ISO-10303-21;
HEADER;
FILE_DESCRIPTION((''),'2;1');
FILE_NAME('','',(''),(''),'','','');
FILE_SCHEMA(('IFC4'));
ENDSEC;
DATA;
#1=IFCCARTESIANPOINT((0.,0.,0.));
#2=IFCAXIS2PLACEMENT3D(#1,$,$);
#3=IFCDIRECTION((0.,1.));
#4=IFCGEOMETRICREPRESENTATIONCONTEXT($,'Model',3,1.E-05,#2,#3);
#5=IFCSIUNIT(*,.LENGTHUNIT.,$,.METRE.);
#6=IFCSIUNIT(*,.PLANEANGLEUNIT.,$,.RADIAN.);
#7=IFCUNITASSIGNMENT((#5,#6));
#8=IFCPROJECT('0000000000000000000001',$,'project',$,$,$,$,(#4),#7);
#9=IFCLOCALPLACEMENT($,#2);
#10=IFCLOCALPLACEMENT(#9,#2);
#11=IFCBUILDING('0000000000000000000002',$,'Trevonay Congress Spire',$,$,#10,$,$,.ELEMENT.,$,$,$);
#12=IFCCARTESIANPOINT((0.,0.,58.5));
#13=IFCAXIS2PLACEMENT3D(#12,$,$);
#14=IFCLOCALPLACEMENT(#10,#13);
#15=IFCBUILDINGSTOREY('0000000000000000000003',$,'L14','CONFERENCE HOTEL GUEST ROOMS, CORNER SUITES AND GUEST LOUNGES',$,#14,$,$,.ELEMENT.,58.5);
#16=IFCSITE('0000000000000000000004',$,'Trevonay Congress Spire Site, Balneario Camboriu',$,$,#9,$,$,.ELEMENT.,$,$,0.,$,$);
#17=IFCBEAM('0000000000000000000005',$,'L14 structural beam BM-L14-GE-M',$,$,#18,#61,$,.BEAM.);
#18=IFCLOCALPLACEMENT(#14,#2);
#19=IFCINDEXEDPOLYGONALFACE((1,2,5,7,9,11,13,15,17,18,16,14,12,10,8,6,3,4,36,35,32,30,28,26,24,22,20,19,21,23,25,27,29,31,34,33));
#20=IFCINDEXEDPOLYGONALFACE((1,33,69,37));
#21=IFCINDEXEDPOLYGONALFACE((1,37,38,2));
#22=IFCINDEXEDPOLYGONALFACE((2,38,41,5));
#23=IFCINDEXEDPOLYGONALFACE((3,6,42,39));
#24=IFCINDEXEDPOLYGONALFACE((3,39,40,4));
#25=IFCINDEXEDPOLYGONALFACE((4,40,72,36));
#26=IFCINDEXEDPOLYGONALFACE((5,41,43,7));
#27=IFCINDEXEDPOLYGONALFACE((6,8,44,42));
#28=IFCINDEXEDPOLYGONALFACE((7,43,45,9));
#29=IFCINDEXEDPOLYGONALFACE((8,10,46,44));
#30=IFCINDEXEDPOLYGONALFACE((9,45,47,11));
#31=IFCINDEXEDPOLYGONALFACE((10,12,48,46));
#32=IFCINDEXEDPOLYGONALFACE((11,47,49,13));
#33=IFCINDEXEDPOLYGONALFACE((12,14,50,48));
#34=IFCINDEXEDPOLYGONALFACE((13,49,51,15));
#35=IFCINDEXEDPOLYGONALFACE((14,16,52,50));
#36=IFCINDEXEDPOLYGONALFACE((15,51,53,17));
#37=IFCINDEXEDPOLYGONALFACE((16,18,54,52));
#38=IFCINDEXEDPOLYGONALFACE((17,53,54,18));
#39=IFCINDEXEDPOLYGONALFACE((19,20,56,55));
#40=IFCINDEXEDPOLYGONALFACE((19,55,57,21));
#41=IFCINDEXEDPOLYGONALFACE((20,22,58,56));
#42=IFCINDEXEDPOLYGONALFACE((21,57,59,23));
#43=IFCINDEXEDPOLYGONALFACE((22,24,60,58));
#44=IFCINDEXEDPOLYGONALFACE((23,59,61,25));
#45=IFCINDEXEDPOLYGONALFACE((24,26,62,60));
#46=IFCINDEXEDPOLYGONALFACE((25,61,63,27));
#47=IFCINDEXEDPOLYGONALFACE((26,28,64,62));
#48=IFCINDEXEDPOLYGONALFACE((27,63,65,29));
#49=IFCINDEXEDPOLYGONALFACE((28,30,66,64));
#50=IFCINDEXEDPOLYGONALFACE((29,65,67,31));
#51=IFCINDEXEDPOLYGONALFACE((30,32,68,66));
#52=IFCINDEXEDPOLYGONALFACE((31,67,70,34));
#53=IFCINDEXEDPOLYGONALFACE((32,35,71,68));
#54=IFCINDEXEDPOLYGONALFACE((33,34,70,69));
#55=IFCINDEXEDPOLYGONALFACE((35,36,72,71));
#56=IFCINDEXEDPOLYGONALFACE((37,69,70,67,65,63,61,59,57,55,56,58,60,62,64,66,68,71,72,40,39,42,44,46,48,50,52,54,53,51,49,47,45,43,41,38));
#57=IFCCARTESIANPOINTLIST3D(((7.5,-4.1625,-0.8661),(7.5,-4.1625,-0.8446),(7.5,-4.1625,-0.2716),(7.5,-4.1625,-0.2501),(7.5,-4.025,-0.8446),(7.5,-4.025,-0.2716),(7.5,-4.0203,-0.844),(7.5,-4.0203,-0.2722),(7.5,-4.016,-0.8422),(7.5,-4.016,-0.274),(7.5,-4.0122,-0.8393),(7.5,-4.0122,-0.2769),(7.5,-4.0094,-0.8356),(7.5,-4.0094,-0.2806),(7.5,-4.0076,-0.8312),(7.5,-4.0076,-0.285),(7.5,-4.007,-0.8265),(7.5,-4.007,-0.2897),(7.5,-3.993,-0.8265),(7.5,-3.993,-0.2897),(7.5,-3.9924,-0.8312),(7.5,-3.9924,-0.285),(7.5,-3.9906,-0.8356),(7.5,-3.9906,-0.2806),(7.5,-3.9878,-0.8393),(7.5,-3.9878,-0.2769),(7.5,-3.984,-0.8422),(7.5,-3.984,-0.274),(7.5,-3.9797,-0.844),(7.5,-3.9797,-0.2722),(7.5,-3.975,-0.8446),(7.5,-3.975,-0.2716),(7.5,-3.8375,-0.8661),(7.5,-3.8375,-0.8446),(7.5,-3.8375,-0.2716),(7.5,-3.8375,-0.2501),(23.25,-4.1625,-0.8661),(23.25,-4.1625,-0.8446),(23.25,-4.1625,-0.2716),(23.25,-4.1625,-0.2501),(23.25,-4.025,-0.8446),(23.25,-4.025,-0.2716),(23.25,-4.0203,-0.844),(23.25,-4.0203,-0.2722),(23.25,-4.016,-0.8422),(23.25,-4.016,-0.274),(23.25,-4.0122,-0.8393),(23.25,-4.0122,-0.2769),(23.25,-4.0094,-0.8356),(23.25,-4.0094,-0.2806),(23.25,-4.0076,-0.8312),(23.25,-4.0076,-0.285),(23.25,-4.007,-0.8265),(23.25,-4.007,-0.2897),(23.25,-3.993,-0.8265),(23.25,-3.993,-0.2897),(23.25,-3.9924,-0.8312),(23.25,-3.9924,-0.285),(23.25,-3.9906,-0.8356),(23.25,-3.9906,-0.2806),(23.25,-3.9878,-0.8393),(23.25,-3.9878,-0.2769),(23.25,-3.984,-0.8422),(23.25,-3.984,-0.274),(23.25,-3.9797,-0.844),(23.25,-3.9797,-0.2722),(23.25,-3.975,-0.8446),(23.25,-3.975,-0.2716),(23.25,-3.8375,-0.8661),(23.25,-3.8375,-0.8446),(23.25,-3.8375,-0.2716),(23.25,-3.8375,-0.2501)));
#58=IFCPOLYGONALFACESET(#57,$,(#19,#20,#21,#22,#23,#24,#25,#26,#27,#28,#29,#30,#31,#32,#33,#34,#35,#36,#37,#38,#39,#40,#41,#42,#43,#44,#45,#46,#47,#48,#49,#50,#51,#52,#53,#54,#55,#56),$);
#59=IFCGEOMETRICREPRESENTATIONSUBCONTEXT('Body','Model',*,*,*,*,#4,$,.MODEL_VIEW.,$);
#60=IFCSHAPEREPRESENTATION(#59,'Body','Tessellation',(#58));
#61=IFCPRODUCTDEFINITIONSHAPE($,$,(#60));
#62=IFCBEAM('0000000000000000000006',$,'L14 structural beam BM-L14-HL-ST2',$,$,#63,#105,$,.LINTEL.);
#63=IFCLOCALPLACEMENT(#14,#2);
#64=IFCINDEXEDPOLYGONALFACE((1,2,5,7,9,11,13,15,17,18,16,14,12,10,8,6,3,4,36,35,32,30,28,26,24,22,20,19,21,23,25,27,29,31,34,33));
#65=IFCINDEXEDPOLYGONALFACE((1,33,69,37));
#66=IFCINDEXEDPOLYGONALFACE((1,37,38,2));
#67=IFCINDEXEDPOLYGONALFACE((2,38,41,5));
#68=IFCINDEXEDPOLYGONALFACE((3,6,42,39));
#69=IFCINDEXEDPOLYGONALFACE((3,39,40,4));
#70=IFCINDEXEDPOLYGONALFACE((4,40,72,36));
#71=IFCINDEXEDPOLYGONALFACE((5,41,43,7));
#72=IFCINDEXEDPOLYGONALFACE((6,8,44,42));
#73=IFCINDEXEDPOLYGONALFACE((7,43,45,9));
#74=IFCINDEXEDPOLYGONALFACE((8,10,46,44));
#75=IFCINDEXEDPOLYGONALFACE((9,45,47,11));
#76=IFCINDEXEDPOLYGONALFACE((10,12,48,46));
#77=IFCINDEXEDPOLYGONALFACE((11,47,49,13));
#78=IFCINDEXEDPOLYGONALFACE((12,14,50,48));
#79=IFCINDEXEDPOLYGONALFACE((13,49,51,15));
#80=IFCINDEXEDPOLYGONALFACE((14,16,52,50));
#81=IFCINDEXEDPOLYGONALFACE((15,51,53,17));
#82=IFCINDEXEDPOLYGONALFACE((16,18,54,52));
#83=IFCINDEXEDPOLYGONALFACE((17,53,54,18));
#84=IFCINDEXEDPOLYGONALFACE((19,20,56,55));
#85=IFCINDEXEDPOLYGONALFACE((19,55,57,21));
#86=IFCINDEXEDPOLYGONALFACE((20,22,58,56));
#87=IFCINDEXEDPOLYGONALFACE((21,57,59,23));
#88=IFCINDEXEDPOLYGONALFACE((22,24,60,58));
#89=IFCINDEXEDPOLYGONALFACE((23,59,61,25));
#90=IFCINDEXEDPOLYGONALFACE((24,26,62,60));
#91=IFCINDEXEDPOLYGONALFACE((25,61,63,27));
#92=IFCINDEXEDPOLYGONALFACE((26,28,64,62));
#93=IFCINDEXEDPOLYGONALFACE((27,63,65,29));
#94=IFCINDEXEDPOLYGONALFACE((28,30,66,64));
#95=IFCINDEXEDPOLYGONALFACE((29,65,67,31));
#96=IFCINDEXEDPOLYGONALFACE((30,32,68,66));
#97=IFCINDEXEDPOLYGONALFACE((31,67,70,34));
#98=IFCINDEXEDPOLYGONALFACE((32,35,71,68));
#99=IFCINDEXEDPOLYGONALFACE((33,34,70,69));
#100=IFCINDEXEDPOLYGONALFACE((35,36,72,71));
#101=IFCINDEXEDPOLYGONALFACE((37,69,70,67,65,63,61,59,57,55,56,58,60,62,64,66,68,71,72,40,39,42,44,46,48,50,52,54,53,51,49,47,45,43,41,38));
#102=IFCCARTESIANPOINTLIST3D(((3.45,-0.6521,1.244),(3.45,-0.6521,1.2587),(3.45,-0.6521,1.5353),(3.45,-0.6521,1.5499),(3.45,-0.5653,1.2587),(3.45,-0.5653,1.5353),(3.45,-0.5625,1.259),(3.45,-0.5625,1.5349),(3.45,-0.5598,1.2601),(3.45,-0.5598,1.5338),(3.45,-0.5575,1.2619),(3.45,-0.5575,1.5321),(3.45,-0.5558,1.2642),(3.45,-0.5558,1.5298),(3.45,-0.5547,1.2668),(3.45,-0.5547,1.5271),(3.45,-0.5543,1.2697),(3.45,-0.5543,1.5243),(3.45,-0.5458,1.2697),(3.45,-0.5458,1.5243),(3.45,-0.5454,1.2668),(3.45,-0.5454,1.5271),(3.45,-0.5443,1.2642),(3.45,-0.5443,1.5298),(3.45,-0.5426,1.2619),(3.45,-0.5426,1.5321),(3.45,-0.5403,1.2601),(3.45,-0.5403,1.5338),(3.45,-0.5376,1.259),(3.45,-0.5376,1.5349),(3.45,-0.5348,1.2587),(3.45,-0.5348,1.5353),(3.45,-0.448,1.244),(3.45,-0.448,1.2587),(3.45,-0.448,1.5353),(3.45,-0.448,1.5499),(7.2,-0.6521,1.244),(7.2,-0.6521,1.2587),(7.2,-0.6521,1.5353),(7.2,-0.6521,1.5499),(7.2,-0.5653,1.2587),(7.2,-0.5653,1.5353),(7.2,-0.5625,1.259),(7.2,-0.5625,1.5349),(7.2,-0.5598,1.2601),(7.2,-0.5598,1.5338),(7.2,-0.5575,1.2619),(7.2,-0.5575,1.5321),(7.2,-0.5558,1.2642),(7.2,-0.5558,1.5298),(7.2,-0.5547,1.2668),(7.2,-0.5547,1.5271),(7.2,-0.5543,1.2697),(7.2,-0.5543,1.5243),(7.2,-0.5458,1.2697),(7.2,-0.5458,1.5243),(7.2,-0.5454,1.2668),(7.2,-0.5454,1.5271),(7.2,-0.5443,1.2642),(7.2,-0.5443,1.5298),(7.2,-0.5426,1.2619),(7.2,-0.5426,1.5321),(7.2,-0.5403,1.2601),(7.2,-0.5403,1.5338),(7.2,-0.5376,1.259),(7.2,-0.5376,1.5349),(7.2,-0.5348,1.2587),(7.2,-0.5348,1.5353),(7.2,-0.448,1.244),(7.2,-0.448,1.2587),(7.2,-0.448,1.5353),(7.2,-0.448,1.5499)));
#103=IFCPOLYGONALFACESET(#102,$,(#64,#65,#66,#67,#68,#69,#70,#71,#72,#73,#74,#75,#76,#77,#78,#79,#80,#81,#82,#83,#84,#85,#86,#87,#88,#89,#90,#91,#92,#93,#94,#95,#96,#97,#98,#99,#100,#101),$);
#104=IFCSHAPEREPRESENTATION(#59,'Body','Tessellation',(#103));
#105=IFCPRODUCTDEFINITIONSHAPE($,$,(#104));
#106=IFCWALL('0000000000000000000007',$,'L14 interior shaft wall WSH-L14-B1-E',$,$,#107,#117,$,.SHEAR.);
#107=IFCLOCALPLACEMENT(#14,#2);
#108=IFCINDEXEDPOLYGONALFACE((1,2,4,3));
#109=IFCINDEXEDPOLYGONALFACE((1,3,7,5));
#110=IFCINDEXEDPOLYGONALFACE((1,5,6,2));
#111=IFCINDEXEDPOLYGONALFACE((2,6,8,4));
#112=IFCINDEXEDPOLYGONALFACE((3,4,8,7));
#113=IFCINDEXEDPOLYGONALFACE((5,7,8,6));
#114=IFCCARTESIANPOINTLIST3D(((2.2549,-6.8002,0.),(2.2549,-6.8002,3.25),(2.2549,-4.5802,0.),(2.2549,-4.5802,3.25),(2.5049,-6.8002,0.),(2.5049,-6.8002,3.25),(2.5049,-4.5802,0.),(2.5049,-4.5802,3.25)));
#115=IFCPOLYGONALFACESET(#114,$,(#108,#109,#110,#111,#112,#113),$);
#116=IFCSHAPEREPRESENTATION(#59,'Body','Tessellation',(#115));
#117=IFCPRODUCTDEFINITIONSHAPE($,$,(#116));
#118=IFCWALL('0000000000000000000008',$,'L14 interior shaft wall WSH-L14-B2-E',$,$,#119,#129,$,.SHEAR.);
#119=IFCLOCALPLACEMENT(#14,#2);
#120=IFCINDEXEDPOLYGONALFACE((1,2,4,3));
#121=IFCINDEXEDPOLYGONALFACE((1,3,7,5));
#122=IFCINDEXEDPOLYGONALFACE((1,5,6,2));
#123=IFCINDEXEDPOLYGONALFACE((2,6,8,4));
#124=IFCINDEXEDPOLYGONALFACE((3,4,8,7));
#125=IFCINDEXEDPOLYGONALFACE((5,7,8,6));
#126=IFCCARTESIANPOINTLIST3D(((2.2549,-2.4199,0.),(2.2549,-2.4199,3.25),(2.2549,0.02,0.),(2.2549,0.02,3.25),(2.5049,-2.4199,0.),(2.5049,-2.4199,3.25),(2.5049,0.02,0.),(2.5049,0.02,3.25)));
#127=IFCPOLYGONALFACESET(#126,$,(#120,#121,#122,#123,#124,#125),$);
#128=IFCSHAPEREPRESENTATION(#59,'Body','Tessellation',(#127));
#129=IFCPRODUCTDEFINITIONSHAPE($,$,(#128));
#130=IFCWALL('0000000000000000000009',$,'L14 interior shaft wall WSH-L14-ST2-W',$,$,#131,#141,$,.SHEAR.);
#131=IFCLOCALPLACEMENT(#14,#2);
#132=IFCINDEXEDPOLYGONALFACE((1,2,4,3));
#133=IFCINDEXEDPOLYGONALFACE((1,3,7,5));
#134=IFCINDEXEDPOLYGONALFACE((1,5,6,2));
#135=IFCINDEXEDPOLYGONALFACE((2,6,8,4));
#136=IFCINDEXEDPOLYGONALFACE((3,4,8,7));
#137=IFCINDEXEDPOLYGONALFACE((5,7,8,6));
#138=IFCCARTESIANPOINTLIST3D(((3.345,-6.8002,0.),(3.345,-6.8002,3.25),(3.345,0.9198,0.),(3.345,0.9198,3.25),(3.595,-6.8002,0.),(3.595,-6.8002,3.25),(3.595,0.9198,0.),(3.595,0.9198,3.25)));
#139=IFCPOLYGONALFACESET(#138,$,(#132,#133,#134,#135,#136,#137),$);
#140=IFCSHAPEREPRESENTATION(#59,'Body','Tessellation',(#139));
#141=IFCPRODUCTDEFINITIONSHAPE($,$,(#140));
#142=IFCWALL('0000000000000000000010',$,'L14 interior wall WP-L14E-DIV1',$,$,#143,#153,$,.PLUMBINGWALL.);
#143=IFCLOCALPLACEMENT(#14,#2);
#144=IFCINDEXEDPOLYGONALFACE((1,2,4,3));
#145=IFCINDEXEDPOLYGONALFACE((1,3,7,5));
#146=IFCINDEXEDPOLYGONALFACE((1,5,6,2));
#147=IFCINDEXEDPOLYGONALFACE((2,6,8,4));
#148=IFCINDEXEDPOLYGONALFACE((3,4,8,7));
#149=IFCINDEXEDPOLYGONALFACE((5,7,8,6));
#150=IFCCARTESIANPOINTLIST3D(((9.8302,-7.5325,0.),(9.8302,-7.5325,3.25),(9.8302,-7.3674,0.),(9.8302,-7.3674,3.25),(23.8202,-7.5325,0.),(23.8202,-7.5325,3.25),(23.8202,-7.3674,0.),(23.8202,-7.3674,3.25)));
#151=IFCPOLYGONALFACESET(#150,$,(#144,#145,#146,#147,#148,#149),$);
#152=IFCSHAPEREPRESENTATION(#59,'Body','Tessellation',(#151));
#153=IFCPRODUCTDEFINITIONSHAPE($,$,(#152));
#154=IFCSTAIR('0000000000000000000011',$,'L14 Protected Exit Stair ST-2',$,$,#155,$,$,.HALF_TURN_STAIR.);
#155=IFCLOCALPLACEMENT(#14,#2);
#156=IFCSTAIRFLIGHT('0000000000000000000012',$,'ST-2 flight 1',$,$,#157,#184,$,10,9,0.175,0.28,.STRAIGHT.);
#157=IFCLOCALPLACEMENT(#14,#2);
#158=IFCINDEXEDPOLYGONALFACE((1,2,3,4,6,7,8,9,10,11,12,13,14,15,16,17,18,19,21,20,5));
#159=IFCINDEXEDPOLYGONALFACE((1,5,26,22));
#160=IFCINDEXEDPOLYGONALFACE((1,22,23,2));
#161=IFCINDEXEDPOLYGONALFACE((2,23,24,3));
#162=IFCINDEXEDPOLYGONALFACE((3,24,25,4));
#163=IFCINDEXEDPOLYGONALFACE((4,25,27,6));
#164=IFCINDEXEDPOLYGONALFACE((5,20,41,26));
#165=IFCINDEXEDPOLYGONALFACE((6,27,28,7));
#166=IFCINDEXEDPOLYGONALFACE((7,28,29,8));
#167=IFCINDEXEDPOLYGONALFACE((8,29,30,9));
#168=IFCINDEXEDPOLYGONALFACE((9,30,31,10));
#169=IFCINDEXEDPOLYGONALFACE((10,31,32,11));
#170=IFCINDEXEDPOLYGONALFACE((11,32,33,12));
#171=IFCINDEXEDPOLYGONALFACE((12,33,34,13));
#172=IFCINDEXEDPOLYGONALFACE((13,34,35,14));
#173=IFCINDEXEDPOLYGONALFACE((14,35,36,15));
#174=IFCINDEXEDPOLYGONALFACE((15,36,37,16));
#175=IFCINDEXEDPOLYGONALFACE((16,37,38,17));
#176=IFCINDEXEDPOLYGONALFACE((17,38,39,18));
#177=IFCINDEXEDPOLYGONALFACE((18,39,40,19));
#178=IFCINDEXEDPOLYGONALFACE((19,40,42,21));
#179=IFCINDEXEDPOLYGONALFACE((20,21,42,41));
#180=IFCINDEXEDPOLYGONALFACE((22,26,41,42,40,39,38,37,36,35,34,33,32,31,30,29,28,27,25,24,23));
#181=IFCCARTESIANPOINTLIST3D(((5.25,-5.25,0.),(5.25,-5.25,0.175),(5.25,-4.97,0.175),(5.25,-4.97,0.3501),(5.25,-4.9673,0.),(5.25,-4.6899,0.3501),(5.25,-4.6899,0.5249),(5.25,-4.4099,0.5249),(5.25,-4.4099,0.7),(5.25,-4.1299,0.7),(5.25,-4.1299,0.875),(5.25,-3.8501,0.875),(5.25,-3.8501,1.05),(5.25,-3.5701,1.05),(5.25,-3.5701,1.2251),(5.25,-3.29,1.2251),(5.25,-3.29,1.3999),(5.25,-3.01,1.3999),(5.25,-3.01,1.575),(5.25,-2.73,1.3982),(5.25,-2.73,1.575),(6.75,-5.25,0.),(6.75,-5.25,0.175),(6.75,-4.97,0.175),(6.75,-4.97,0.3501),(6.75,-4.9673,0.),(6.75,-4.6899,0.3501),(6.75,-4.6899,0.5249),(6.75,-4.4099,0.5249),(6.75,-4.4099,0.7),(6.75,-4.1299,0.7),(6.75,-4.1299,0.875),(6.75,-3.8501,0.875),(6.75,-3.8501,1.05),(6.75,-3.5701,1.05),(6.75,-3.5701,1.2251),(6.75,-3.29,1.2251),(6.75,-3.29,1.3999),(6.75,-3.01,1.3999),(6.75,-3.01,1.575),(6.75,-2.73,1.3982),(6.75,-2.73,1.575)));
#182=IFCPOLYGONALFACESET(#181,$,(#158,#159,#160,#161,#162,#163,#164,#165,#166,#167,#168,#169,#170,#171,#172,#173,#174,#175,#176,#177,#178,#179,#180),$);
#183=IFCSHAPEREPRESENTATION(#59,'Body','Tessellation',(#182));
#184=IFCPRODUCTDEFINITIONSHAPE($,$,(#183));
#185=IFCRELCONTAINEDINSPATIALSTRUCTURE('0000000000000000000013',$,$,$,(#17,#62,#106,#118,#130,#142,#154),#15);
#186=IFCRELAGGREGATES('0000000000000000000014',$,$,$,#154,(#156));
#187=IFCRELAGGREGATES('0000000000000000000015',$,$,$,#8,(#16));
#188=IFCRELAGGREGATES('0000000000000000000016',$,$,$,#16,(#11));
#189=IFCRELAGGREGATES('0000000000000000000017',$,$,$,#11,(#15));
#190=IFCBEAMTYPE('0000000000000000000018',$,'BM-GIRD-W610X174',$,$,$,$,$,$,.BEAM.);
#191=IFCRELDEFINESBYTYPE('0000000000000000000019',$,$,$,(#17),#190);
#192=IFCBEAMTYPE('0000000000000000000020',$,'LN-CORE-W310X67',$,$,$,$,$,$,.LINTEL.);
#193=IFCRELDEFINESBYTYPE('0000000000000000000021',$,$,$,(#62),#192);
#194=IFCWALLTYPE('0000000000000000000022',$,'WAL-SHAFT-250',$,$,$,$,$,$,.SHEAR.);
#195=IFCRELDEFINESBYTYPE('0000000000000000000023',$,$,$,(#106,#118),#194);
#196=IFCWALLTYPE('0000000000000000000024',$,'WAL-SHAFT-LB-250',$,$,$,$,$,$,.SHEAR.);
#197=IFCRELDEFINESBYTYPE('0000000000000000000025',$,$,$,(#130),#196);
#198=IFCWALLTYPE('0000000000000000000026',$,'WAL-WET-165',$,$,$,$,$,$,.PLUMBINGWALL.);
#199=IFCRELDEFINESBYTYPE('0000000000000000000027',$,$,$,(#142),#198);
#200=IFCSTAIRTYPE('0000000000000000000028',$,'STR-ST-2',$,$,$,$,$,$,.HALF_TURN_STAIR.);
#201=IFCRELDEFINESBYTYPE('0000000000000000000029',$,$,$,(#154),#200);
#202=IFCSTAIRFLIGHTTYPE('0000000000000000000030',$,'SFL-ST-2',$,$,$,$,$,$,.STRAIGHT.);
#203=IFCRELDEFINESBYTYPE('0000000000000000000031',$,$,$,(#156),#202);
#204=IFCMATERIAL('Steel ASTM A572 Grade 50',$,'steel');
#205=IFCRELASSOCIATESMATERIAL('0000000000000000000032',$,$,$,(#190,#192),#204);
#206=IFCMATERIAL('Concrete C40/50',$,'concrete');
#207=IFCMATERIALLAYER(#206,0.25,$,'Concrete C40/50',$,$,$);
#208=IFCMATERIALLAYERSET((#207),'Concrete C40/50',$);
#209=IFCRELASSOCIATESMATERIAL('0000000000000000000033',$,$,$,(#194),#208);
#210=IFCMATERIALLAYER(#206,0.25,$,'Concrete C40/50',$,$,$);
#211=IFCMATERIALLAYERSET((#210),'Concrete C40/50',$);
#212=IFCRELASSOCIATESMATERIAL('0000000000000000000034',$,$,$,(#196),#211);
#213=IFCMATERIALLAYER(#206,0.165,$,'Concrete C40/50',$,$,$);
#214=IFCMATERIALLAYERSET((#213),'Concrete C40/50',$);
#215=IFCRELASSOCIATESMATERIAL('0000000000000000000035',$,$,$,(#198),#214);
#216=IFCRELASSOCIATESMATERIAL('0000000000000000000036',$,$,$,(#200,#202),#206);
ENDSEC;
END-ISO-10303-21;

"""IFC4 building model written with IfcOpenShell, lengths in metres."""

from ifc_helpers import new_model, si_unit, direction, frame, frame_2d, origin, origin_2d, place, context, subcontext, project, spatial, polyline, rectangle, i_section, outline, extrude, material, layer, layer_set, material_profile, profile_set, type_object, element, aggregate, save


model = new_model("IFC4")

# Units and contexts
model_context = context("Model", 3, precision=1e-05, world=origin(), true_north=direction((0.0, 1.0)))
body_context = subcontext(model_context, "Body", "Model", "MODEL_VIEW")
ifc_project = project(units=[si_unit("LENGTHUNIT", "METRE"), si_unit("PLANEANGLEUNIT", "RADIAN")], contexts=[model_context])

# Site, building, storey
site_placement = place(None, origin())
site = spatial("IfcSite", under=ifc_project, at=site_placement, Name="Trevonay Congress Spire Site, Balneario Camboriu", CompositionType="ELEMENT", RefElevation=0.0)
building_placement = place(site_placement, origin())
building = spatial("IfcBuilding", under=site, at=building_placement, Name="Trevonay Congress Spire", CompositionType="ELEMENT")
storey_placement = place(building_placement, frame((0.0, 0.0, 58.5)))
storey = spatial("IfcBuildingStorey", under=building, at=storey_placement, Name="L14", Description="CONFERENCE HOTEL GUEST ROOMS, CORNER SUITES AND GUEST LOUNGES", CompositionType="ELEMENT", Elevation=58.5)

# Beams
ifc_material_1 = material(Name="Steel ASTM A572 Grade 50", Category="steel")
ifc_material_profile_1 = material_profile(ifc_material_1, i_section(OverallWidth=0.325, OverallDepth=0.616, WebThickness=0.0139, FlangeThickness=0.0215, FilletRadius=0.0181, at=origin_2d()), Name="W610x174")
ifc_profile_set_1 = profile_set([ifc_material_profile_1], Name="Steel ASTM A572 Grade 50")
beam_type_1 = type_object("IfcBeamType", Name="BM-GIRD-W610X174", PredefinedType="BEAM", material=ifc_profile_set_1)
beam_1_placement = place(storey_placement, frame((7.5, -4.0, -0.5581), z_axis=(1.0, 0.0, 0.0), x_axis=(0.0, 1.0, 0.0)))
element("IfcBeam", 1, at=beam_1_placement, inside=storey, type_object=beam_type_1, Name="L14 structural beam BM-L14-GE-M", PredefinedType="BEAM", context=body_context, shape_type="SweptSolid", body=[
    extrude(i_section(OverallWidth=0.325, OverallDepth=0.616, WebThickness=0.0139, FlangeThickness=0.0215, FilletRadius=0.0181, at=origin_2d()), origin(), (0.0, 0.0, 1.0), 15.75),
])
ifc_material_profile_2 = material_profile(ifc_material_1, i_section(OverallWidth=0.2041, OverallDepth=0.3059, WebThickness=0.0085, FlangeThickness=0.0146, FilletRadius=0.011, at=origin_2d()), Name="W310x67")
ifc_profile_set_2 = profile_set([ifc_material_profile_2], Name="Steel ASTM A572 Grade 50")
beam_type_2 = type_object("IfcBeamType", Name="LN-CORE-W310X67", PredefinedType="LINTEL", material=ifc_profile_set_2)
beam_2_placement = place(storey_placement, frame((3.45, -0.55, 1.397), z_axis=(1.0, 0.0, 0.0), x_axis=(0.0, 1.0, 0.0)))
element("IfcBeam", 2, at=beam_2_placement, inside=storey, type_object=beam_type_2, Name="L14 structural beam BM-L14-HL-ST2", PredefinedType="LINTEL", context=body_context, shape_type="SweptSolid", body=[
    extrude(i_section(OverallWidth=0.2041, OverallDepth=0.3059, WebThickness=0.0085, FlangeThickness=0.0146, FilletRadius=0.011, at=origin_2d()), origin(), (0.0, 0.0, 1.0), 3.75),
])

# Walls
ifc_material_2 = material(Name="Concrete C40/50", Category="concrete")
ifc_layer_1 = layer(ifc_material_2, 0.25, Name="Concrete C40/50")
ifc_layer_set_1 = layer_set([ifc_layer_1], Name="Concrete C40/50")
wall_type_1 = type_object("IfcWallType", Name="WAL-SHAFT-250", PredefinedType="SHEAR", material=ifc_layer_set_1)
wall_1_placement = place(storey_placement, frame((2.3799, -6.8, 0.0), z_axis=(0.0, 0.0, 1.0), x_axis=(0.0, 1.0, 0.0)))
element("IfcWall", 3, at=wall_1_placement, inside=storey, type_object=wall_type_1, Name="L14 interior shaft wall WSH-L14-B1-E", PredefinedType="SHEAR", context=body_context, shape_type="SweptSolid", body=[
    extrude(rectangle(XDim=2.22, YDim=0.25, at=frame_2d((1.1099, 0.0))), origin(), (0.0, 0.0, 1.0), 3.25),
])
wall_2_placement = place(storey_placement, frame((2.3799, -2.4199, 0.0), z_axis=(0.0, 0.0, 1.0), x_axis=(0.0, 1.0, 0.0)))
element("IfcWall", 4, at=wall_2_placement, inside=storey, type_object=wall_type_1, Name="L14 interior shaft wall WSH-L14-B2-E", PredefinedType="SHEAR", context=body_context, shape_type="SweptSolid", body=[
    extrude(rectangle(XDim=2.4399, YDim=0.25, at=frame_2d((1.22, 0.0))), origin(), (0.0, 0.0, 1.0), 3.25),
])
ifc_layer_2 = layer(ifc_material_2, 0.25, Name="Concrete C40/50")
ifc_layer_set_2 = layer_set([ifc_layer_2], Name="Concrete C40/50")
wall_type_2 = type_object("IfcWallType", Name="WAL-SHAFT-LB-250", PredefinedType="SHEAR", material=ifc_layer_set_2)
wall_3_placement = place(storey_placement, frame((3.47, -6.8, 0.0), z_axis=(0.0, 0.0, 1.0), x_axis=(0.0, 1.0, 0.0)))
element("IfcWall", 5, at=wall_3_placement, inside=storey, type_object=wall_type_2, Name="L14 interior shaft wall WSH-L14-ST2-W", PredefinedType="SHEAR", context=body_context, shape_type="SweptSolid", body=[
    extrude(rectangle(XDim=7.72, YDim=0.25, at=frame_2d((3.8599, 0.0))), origin(), (0.0, 0.0, 1.0), 3.25),
])
ifc_layer_3 = layer(ifc_material_2, 0.165, Name="Concrete C40/50")
ifc_layer_set_3 = layer_set([ifc_layer_3], Name="Concrete C40/50")
wall_type_3 = type_object("IfcWallType", Name="WAL-WET-165", PredefinedType="PLUMBINGWALL", material=ifc_layer_set_3)
wall_4_placement = place(storey_placement, frame((9.8301, -7.45, 0.0), z_axis=(0.0, 0.0, 1.0), x_axis=(1.0, 0.0, 0.0)))
element("IfcWall", 6, at=wall_4_placement, inside=storey, type_object=wall_type_3, Name="L14 interior wall WP-L14E-DIV1", PredefinedType="PLUMBINGWALL", context=body_context, shape_type="SweptSolid", body=[
    extrude(rectangle(XDim=13.99, YDim=0.165, at=frame_2d((6.9951, 0.0))), origin(), (0.0, 0.0, 1.0), 3.25),
])

# Stair, stair flight
stair_type = type_object("IfcStairType", Name="STR-ST-2", PredefinedType="HALF_TURN_STAIR", material=ifc_material_2)
stair_placement = place(storey_placement, origin())
stair = element("IfcStair", 7, at=stair_placement, inside=storey, type_object=stair_type, Name="L14 Protected Exit Stair ST-2", PredefinedType="HALF_TURN_STAIR")
stair_flight_type = type_object("IfcStairFlightType", Name="SFL-ST-2", PredefinedType="STRAIGHT", material=ifc_material_2)
stair_flight_1_placement = place(storey_placement, frame((6.0, -5.25, 0.0), z_axis=(0.0, 0.0, 1.0), x_axis=(0.0, 1.0, 0.0)))
stair_flight_1 = element("IfcStairFlight", 8, at=stair_flight_1_placement, type_object=stair_flight_type, Name="ST-2 flight 1", NumberOfRisers=10, NumberOfTreads=9, PredefinedType="STRAIGHT", RiserHeight=0.175, TreadLength=0.28, context=body_context, shape_type="SweptSolid", body=[
    extrude(outline(polyline([(0.0, 0.0), (0.0, 0.175), (0.28, 0.175), (0.28, 0.3501), (0.5601, 0.3501), (0.5601, 0.5249), (0.8401, 0.5249), (0.8401, 0.7), (1.1201, 0.7), (1.1201, 0.875), (1.3999, 0.875), (1.3999, 1.05), (1.6799, 1.05), (1.6799, 1.2251), (1.96, 1.2251), (1.96, 1.3999), (2.24, 1.3999), (2.24, 1.575), (2.52, 1.575), (2.52, 1.75), (2.52, 1.3982), (0.2827, 0.0), (0.0, 0.0)])), frame((0.0, 0.75, 0.0), z_axis=(0.0, -1.0, 0.0), x_axis=(1.0, 0.0, 0.0)), (0.0, 0.0, 1.0), 1.5),
])
aggregate(stair, [stair_flight_1])

save(model, "model.ifc")
